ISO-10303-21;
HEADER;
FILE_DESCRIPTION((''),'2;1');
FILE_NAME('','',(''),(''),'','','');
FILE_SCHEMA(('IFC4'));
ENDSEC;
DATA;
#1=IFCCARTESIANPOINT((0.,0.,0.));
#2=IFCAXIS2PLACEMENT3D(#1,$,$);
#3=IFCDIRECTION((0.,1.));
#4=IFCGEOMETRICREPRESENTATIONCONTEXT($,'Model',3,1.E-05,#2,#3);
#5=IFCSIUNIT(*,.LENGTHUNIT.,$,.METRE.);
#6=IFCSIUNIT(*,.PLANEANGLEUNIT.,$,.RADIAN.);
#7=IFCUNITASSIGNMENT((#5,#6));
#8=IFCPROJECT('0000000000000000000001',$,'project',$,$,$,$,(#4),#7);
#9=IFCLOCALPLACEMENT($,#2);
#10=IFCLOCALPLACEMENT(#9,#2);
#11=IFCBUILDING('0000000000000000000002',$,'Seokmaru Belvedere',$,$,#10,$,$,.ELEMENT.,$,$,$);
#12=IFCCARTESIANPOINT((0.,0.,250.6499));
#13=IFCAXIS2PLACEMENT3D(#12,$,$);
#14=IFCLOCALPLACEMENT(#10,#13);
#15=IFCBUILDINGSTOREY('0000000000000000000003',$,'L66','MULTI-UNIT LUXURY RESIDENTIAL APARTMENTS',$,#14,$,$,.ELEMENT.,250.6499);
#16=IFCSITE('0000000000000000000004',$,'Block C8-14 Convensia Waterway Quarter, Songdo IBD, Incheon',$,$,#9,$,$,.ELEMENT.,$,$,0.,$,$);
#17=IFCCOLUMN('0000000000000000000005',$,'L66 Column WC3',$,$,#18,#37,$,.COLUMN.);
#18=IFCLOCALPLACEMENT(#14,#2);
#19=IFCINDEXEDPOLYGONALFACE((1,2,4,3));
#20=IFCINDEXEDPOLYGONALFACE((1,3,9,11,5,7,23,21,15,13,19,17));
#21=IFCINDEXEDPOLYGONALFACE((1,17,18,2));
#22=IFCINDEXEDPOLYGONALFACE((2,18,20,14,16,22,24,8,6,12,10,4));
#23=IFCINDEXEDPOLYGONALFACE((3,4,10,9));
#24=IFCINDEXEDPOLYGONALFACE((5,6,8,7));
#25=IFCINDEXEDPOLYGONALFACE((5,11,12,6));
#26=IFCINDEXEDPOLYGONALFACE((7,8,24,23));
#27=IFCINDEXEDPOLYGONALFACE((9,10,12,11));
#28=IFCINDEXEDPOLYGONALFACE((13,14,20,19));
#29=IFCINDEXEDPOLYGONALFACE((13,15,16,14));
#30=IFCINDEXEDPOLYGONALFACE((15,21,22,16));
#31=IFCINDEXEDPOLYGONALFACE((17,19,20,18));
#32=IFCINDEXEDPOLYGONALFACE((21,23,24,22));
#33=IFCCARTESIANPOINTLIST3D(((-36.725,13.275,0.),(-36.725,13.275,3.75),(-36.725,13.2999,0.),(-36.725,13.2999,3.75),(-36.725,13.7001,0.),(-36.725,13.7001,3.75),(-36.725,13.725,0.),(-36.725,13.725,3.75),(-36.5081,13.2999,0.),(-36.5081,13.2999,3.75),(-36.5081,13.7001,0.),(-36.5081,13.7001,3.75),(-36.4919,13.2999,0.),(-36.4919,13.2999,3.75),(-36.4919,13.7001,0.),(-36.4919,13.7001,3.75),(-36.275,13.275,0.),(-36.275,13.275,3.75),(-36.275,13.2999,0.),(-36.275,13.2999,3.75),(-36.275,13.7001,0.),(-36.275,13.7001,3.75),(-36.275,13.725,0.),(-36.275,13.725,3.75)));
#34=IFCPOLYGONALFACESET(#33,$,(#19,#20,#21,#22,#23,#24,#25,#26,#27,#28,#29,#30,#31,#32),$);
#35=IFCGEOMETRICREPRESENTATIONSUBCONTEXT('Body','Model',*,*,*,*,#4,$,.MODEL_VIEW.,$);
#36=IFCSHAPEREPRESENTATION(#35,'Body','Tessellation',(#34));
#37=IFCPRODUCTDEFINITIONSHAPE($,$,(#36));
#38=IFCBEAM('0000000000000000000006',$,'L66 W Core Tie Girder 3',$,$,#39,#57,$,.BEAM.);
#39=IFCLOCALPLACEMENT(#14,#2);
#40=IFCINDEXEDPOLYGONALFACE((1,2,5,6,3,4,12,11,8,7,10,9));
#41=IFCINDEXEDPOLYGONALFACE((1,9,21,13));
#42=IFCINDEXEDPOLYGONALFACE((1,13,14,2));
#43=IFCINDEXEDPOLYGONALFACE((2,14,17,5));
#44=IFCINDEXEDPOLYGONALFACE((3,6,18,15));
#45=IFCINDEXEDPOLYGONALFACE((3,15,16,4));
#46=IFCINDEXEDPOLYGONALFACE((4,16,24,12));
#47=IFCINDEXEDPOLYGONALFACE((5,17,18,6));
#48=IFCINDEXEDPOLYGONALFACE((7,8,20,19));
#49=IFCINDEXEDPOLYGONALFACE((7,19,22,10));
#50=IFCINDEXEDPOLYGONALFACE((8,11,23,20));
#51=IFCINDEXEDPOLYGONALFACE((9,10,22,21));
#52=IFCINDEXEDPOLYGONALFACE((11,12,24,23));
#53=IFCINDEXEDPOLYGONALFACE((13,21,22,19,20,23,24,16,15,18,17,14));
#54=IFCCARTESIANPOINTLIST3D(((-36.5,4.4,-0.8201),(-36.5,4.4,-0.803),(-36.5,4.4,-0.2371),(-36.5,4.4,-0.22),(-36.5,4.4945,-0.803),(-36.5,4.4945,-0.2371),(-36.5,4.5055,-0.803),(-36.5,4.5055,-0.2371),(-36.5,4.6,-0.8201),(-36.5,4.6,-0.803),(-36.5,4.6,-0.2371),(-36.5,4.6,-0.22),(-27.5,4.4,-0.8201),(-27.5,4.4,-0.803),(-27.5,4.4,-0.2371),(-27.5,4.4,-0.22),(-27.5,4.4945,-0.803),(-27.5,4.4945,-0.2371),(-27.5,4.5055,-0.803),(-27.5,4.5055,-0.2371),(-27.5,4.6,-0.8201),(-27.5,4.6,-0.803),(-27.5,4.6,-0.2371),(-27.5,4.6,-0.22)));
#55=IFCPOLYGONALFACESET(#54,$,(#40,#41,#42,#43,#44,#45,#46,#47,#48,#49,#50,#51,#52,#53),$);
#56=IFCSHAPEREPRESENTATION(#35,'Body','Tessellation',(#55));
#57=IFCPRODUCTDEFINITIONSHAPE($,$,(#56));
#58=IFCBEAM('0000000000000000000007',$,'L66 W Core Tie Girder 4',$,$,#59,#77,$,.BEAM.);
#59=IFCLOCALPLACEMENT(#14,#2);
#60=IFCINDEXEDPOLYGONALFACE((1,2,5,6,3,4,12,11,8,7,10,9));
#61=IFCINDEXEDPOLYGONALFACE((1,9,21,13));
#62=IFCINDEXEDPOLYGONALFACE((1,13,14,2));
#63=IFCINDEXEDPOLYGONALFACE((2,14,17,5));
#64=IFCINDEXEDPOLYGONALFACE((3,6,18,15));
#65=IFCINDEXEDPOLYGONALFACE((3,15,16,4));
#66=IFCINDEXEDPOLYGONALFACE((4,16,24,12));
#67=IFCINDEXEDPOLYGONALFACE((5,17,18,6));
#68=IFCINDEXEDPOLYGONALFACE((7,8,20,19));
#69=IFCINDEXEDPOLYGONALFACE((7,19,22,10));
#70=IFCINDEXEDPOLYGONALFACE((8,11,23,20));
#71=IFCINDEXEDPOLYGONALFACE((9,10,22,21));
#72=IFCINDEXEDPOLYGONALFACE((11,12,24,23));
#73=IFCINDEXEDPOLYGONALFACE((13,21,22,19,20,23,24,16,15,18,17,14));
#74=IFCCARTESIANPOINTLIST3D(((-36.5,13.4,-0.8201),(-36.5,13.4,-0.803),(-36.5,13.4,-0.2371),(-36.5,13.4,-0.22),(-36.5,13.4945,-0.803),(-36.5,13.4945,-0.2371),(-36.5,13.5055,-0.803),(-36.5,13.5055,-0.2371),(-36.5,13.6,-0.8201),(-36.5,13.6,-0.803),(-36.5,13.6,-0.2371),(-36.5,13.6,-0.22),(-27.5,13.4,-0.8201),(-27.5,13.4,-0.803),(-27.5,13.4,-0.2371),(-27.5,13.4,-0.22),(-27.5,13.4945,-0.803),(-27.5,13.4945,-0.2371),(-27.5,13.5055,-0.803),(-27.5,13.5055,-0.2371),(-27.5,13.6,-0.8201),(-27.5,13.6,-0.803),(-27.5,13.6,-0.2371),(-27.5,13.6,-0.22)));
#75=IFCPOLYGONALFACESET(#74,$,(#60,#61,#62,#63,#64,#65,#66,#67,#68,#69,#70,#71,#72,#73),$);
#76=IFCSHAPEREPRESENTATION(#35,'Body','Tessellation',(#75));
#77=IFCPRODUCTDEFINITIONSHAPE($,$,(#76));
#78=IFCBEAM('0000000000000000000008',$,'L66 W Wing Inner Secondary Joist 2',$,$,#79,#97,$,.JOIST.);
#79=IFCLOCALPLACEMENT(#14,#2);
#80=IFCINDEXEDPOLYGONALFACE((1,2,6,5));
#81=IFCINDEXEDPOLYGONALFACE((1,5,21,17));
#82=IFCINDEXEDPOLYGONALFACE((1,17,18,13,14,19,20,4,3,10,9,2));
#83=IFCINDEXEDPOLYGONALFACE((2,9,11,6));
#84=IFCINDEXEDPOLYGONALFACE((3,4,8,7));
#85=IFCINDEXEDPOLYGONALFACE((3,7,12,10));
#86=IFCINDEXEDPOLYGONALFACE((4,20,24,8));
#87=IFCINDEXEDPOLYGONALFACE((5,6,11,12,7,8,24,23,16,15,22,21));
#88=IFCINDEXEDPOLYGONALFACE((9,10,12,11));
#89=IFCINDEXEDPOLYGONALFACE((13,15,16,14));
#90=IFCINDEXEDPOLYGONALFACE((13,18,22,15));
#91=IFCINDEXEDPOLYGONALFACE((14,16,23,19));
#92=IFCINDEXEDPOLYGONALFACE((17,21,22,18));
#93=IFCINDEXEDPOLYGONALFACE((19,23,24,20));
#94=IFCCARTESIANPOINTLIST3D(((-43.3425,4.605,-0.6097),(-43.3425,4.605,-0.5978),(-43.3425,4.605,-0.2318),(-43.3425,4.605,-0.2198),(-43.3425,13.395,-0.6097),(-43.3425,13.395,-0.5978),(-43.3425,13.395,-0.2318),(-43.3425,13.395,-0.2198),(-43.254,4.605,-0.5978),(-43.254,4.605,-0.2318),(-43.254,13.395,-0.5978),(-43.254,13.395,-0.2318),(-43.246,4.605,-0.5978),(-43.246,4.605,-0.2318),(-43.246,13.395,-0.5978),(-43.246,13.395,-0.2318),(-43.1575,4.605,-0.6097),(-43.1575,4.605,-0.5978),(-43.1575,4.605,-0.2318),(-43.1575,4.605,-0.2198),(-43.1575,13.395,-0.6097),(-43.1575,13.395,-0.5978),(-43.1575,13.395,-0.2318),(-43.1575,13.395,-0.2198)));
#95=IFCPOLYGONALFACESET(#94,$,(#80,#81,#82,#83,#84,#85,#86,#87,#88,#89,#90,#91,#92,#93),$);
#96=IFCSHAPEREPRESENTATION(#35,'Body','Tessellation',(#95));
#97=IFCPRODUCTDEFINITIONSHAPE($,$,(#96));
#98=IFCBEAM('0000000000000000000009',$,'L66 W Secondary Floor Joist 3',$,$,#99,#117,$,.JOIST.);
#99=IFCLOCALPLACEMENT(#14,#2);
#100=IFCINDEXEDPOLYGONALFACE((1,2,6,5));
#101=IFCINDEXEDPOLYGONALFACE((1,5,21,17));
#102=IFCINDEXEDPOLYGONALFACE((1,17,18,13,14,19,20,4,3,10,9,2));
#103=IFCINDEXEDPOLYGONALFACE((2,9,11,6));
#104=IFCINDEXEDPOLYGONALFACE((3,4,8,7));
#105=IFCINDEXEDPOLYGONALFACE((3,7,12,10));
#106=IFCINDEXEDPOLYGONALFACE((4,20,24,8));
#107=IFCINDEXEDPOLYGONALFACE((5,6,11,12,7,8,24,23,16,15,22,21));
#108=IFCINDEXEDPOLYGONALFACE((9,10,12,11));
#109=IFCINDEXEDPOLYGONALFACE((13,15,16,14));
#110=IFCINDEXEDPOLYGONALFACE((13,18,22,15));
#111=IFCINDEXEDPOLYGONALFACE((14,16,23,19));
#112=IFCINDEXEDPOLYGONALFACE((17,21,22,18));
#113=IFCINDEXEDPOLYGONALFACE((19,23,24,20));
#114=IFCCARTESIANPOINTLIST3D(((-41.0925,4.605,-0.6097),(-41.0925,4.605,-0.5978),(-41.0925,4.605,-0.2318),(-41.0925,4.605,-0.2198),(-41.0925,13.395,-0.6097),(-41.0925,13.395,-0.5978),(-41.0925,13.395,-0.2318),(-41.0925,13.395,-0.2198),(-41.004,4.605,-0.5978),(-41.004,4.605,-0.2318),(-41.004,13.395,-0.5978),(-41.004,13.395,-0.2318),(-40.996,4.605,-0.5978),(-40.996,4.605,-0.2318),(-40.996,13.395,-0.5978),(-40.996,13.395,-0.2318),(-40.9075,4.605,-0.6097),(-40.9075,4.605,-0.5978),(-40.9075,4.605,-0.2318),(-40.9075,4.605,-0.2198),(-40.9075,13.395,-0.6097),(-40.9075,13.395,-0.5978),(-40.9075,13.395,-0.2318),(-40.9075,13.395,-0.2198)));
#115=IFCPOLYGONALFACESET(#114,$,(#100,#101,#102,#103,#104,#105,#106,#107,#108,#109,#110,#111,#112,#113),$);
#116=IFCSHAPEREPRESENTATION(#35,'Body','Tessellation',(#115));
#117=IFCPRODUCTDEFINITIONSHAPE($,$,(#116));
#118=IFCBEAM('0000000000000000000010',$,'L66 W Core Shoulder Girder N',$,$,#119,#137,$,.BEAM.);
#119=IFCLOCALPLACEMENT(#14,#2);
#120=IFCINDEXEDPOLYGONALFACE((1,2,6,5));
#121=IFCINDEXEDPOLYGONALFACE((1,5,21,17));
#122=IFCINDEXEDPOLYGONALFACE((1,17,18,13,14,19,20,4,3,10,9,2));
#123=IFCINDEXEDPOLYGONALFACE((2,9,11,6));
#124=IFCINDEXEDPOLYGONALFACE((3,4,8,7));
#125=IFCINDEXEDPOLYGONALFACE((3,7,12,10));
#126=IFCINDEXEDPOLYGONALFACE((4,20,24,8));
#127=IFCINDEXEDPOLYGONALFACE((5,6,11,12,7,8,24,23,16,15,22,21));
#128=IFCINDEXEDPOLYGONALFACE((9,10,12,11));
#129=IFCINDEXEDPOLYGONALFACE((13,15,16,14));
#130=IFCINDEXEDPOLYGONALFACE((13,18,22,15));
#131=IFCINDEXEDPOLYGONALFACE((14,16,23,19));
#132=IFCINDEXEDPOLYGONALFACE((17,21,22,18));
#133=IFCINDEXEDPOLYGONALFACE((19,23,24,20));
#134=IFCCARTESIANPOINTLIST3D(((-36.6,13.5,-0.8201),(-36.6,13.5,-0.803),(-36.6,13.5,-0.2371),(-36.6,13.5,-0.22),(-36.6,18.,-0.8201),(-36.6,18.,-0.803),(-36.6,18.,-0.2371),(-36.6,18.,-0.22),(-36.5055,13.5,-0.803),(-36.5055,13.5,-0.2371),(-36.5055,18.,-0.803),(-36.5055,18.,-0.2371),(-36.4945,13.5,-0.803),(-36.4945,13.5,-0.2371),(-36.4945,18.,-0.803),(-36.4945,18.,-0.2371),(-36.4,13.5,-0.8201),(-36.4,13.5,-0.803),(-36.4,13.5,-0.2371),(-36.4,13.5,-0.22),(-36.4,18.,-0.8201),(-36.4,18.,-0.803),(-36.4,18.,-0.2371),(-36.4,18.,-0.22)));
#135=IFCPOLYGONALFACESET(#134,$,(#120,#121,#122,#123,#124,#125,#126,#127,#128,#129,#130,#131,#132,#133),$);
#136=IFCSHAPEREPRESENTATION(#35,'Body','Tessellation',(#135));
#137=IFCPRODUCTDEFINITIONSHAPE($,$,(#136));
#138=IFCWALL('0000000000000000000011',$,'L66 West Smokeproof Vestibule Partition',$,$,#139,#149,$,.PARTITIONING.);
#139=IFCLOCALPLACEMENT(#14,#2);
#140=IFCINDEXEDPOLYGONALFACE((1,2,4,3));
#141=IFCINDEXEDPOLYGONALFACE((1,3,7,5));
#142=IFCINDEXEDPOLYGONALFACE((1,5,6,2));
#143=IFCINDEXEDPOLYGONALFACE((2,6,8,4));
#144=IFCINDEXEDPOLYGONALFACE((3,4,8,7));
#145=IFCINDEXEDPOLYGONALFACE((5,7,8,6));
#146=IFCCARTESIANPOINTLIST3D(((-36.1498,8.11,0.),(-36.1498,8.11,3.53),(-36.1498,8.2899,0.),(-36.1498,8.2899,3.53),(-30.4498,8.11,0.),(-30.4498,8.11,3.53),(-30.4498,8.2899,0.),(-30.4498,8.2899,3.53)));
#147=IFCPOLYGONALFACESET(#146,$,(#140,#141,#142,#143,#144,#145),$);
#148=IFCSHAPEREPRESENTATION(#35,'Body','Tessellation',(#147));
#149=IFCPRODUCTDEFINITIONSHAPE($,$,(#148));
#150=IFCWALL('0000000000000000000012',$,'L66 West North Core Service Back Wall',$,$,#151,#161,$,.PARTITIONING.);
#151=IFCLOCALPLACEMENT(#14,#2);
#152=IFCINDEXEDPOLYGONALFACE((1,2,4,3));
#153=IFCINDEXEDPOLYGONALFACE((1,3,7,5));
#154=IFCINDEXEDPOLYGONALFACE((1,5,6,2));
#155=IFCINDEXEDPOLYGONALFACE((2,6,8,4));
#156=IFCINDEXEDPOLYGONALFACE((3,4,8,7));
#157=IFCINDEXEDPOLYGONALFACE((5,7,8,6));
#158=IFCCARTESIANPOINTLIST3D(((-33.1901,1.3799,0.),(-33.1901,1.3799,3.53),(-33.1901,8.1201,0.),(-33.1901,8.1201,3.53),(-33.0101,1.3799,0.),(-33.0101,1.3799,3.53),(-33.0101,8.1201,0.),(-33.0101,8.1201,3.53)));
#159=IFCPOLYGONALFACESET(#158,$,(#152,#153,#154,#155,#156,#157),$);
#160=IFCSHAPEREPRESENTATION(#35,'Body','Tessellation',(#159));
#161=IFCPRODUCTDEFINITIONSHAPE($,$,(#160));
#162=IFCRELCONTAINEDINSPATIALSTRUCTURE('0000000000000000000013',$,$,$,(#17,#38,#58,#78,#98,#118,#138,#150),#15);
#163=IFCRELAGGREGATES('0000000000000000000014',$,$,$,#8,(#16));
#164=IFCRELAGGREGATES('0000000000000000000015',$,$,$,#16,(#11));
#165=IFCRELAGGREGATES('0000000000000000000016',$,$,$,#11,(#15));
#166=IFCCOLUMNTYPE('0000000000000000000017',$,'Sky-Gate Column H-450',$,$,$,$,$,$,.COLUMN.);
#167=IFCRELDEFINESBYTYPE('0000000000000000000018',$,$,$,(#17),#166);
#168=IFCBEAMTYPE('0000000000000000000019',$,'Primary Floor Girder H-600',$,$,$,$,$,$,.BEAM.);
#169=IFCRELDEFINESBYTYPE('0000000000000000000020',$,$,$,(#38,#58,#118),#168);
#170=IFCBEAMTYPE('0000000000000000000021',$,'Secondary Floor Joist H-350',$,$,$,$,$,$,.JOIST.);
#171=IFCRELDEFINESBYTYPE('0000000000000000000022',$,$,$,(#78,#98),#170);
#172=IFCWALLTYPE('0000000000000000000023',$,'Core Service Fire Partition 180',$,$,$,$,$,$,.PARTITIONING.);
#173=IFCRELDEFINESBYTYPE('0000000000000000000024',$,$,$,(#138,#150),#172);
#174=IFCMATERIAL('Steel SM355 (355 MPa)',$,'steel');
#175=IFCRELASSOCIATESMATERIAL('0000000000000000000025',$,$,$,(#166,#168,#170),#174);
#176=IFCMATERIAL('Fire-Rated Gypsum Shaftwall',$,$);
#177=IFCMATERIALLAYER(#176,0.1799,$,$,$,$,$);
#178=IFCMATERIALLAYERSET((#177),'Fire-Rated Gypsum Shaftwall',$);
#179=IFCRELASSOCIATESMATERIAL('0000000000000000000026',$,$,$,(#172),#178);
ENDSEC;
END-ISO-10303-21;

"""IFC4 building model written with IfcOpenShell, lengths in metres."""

from ifc_helpers import new_model, si_unit, direction, frame, frame_2d, origin, origin_2d, place, context, subcontext, project, spatial, rectangle, i_section, extrude, source, transform, mapped, material, layer, layer_set, material_profile, profile_set, type_object, type_shapes, element, save


model = new_model("IFC4")

# Units and contexts
model_context = context("Model", 3, precision=1e-05, world=origin(), true_north=direction((0.0, 1.0)))
body_context = subcontext(model_context, "Body", "Model", "MODEL_VIEW")
ifc_project = project(units=[si_unit("LENGTHUNIT", "METRE"), si_unit("PLANEANGLEUNIT", "RADIAN")], contexts=[model_context])

# Site, building, storey
site_placement = place(None, origin())
site = spatial("IfcSite", under=ifc_project, at=site_placement, Name="Block C8-14 Convensia Waterway Quarter, Songdo IBD, Incheon", CompositionType="ELEMENT", RefElevation=0.0)
building_placement = place(site_placement, origin())
building = spatial("IfcBuilding", under=site, at=building_placement, Name="Seokmaru Belvedere", CompositionType="ELEMENT")
storey_placement = place(building_placement, frame((0.0, 0.0, 250.6499)))
storey = spatial("IfcBuildingStorey", under=building, at=storey_placement, Name="L66", Description="MULTI-UNIT LUXURY RESIDENTIAL APARTMENTS", CompositionType="ELEMENT", Elevation=250.6499)

# Column
ifc_material_1 = material(Name="Steel SM355 (355 MPa)", Category="steel")
ifc_material_profile_1 = material_profile(ifc_material_1, i_section(OverallWidth=0.45, OverallDepth=0.45, WebThickness=0.0161, FlangeThickness=0.0249, at=origin_2d()), Name="H-450x450x16x25")
ifc_profile_set_1 = profile_set([ifc_material_profile_1], Name="Steel SM355 (355 MPa)")
column_type = type_object("IfcColumnType", Name="Sky-Gate Column H-450", PredefinedType="COLUMN", material=ifc_profile_set_1)
shared_shape_1 = source(origin(), body_context, "Body", "SweptSolid", [
    extrude(i_section(OverallWidth=0.45, OverallDepth=0.45, WebThickness=0.0161, FlangeThickness=0.0249, at=origin_2d()), origin(), (0.0, 0.0, 1.0), 3.75),
])
type_shapes(column_type, [shared_shape_1])
column_placement = place(storey_placement, frame((-36.5, 13.5, 0.0), z_axis=(0.0, 0.0, 1.0), x_axis=(1.0, 0.0, 0.0)))
element("IfcColumn", 1, at=column_placement, inside=storey, type_object=column_type, Name="L66 Column WC3", PredefinedType="COLUMN", context=body_context, shape_type="MappedRepresentation", body=[
    mapped(shared_shape_1, transform((0.0, 0.0, 0.0), scale=1.0)),
])

# Beams
ifc_material_profile_2 = material_profile(ifc_material_1, i_section(OverallWidth=0.2, OverallDepth=0.6001, WebThickness=0.011, FlangeThickness=0.0171, at=origin_2d()), Name="H-600x200x11x17")
ifc_profile_set_2 = profile_set([ifc_material_profile_2], Name="Steel SM355 (355 MPa)")
beam_type_1 = type_object("IfcBeamType", Name="Primary Floor Girder H-600", PredefinedType="BEAM", material=ifc_profile_set_2)
shared_shape_2 = source(origin(), body_context, "Body", "SweptSolid", [
    extrude(i_section(OverallWidth=0.2, OverallDepth=0.6001, WebThickness=0.011, FlangeThickness=0.0171, at=origin_2d()), origin(), (0.0, 0.0, 1.0), 9.0),
])
for number, where, z_axis, x_axis, name in (
    (2, (-36.5, 4.5, -0.52), (1.0, 0.0, 0.0), (0.0, 1.0, 0.0), "L66 W Core Tie Girder 3"),
    (3, (-36.5, 13.5, -0.52), (1.0, 0.0, 0.0), (0.0, 1.0, 0.0), "L66 W Core Tie Girder 4"),
):
    element("IfcBeam", number, at=place(storey_placement, frame(where, z_axis=z_axis, x_axis=x_axis)), inside=storey, type_object=beam_type_1, Name=name, PredefinedType="BEAM", context=body_context, shape_type="MappedRepresentation", body=[
        mapped(shared_shape_2, transform((0.0, 0.0, 0.0), scale=1.0)),
    ])
ifc_material_profile_3 = material_profile(ifc_material_1, i_section(OverallWidth=0.1851, OverallDepth=0.3899, WebThickness=0.0081, FlangeThickness=0.012, at=origin_2d()), Name="H-390x185x8x12")
ifc_profile_set_3 = profile_set([ifc_material_profile_3], Name="Steel SM355 (355 MPa)")
beam_type_2 = type_object("IfcBeamType", Name="Secondary Floor Joist H-350", PredefinedType="JOIST", material=ifc_profile_set_3)
shared_shape_3 = source(origin(), body_context, "Body", "SweptSolid", [
    extrude(i_section(OverallWidth=0.1851, OverallDepth=0.3899, WebThickness=0.0081, FlangeThickness=0.012, at=origin_2d()), origin(), (0.0, 0.0, 1.0), 8.79),
])
type_shapes(beam_type_2, [shared_shape_3])
for number, where, z_axis, x_axis, name in (
    (4, (-43.25, 4.605, -0.4148), (0.0, 1.0, 0.0), (-1.0, 0.0, 0.0), "L66 W Wing Inner Secondary Joist 2"),
    (5, (-41.0, 4.605, -0.4148), (0.0, 1.0, 0.0), (-1.0, 0.0, 0.0), "L66 W Secondary Floor Joist 3"),
):
    element("IfcBeam", number, at=place(storey_placement, frame(where, z_axis=z_axis, x_axis=x_axis)), inside=storey, type_object=beam_type_2, Name=name, PredefinedType="JOIST", context=body_context, shape_type="MappedRepresentation", body=[
        mapped(shared_shape_3, transform((0.0, 0.0, 0.0), scale=1.0)),
    ])
shared_shape_4 = source(origin(), body_context, "Body", "SweptSolid", [
    extrude(i_section(OverallWidth=0.2, OverallDepth=0.6001, WebThickness=0.011, FlangeThickness=0.0171, at=origin_2d()), origin(), (0.0, 0.0, 1.0), 4.5),
])
type_shapes(beam_type_1, [shared_shape_2, shared_shape_4])
beam_placement = place(storey_placement, frame((-36.5, 13.5, -0.52), z_axis=(0.0, 1.0, 0.0), x_axis=(-1.0, 0.0, 0.0)))
element("IfcBeam", 6, at=beam_placement, inside=storey, type_object=beam_type_1, Name="L66 W Core Shoulder Girder N", PredefinedType="BEAM", context=body_context, shape_type="MappedRepresentation", body=[
    mapped(shared_shape_4, transform((0.0, 0.0, 0.0), scale=1.0)),
])

# Walls
ifc_material_2 = material(Name="Fire-Rated Gypsum Shaftwall")
ifc_layer_1 = layer(ifc_material_2, 0.1799)
ifc_layer_set_1 = layer_set([ifc_layer_1], Name="Fire-Rated Gypsum Shaftwall")
wall_type_1 = type_object("IfcWallType", Name="Core Service Fire Partition 180", PredefinedType="PARTITIONING", material=ifc_layer_set_1)
wall_1_placement = place(storey_placement, frame((-36.1499, 8.2, 0.0), z_axis=(0.0, 0.0, 1.0), x_axis=(1.0, 0.0, 0.0)))
element("IfcWall", 7, at=wall_1_placement, inside=storey, type_object=wall_type_1, Name="L66 West Smokeproof Vestibule Partition", PredefinedType="PARTITIONING", context=body_context, shape_type="SweptSolid", body=[
    extrude(rectangle(XDim=5.7, YDim=0.1799, at=frame_2d((2.8501, 0.0))), origin(), (0.0, 0.0, 1.0), 3.53),
])
wall_2_placement = place(storey_placement, frame((-33.1001, 1.3799, 0.0), z_axis=(0.0, 0.0, 1.0), x_axis=(0.0, 1.0, 0.0)))
element("IfcWall", 8, at=wall_2_placement, inside=storey, type_object=wall_type_1, Name="L66 West North Core Service Back Wall", PredefinedType="PARTITIONING", context=body_context, shape_type="SweptSolid", body=[
    extrude(rectangle(XDim=6.7402, YDim=0.1799, at=frame_2d((3.3701, 0.0))), origin(), (0.0, 0.0, 1.0), 3.53),
])

save(model, "model.ifc")
